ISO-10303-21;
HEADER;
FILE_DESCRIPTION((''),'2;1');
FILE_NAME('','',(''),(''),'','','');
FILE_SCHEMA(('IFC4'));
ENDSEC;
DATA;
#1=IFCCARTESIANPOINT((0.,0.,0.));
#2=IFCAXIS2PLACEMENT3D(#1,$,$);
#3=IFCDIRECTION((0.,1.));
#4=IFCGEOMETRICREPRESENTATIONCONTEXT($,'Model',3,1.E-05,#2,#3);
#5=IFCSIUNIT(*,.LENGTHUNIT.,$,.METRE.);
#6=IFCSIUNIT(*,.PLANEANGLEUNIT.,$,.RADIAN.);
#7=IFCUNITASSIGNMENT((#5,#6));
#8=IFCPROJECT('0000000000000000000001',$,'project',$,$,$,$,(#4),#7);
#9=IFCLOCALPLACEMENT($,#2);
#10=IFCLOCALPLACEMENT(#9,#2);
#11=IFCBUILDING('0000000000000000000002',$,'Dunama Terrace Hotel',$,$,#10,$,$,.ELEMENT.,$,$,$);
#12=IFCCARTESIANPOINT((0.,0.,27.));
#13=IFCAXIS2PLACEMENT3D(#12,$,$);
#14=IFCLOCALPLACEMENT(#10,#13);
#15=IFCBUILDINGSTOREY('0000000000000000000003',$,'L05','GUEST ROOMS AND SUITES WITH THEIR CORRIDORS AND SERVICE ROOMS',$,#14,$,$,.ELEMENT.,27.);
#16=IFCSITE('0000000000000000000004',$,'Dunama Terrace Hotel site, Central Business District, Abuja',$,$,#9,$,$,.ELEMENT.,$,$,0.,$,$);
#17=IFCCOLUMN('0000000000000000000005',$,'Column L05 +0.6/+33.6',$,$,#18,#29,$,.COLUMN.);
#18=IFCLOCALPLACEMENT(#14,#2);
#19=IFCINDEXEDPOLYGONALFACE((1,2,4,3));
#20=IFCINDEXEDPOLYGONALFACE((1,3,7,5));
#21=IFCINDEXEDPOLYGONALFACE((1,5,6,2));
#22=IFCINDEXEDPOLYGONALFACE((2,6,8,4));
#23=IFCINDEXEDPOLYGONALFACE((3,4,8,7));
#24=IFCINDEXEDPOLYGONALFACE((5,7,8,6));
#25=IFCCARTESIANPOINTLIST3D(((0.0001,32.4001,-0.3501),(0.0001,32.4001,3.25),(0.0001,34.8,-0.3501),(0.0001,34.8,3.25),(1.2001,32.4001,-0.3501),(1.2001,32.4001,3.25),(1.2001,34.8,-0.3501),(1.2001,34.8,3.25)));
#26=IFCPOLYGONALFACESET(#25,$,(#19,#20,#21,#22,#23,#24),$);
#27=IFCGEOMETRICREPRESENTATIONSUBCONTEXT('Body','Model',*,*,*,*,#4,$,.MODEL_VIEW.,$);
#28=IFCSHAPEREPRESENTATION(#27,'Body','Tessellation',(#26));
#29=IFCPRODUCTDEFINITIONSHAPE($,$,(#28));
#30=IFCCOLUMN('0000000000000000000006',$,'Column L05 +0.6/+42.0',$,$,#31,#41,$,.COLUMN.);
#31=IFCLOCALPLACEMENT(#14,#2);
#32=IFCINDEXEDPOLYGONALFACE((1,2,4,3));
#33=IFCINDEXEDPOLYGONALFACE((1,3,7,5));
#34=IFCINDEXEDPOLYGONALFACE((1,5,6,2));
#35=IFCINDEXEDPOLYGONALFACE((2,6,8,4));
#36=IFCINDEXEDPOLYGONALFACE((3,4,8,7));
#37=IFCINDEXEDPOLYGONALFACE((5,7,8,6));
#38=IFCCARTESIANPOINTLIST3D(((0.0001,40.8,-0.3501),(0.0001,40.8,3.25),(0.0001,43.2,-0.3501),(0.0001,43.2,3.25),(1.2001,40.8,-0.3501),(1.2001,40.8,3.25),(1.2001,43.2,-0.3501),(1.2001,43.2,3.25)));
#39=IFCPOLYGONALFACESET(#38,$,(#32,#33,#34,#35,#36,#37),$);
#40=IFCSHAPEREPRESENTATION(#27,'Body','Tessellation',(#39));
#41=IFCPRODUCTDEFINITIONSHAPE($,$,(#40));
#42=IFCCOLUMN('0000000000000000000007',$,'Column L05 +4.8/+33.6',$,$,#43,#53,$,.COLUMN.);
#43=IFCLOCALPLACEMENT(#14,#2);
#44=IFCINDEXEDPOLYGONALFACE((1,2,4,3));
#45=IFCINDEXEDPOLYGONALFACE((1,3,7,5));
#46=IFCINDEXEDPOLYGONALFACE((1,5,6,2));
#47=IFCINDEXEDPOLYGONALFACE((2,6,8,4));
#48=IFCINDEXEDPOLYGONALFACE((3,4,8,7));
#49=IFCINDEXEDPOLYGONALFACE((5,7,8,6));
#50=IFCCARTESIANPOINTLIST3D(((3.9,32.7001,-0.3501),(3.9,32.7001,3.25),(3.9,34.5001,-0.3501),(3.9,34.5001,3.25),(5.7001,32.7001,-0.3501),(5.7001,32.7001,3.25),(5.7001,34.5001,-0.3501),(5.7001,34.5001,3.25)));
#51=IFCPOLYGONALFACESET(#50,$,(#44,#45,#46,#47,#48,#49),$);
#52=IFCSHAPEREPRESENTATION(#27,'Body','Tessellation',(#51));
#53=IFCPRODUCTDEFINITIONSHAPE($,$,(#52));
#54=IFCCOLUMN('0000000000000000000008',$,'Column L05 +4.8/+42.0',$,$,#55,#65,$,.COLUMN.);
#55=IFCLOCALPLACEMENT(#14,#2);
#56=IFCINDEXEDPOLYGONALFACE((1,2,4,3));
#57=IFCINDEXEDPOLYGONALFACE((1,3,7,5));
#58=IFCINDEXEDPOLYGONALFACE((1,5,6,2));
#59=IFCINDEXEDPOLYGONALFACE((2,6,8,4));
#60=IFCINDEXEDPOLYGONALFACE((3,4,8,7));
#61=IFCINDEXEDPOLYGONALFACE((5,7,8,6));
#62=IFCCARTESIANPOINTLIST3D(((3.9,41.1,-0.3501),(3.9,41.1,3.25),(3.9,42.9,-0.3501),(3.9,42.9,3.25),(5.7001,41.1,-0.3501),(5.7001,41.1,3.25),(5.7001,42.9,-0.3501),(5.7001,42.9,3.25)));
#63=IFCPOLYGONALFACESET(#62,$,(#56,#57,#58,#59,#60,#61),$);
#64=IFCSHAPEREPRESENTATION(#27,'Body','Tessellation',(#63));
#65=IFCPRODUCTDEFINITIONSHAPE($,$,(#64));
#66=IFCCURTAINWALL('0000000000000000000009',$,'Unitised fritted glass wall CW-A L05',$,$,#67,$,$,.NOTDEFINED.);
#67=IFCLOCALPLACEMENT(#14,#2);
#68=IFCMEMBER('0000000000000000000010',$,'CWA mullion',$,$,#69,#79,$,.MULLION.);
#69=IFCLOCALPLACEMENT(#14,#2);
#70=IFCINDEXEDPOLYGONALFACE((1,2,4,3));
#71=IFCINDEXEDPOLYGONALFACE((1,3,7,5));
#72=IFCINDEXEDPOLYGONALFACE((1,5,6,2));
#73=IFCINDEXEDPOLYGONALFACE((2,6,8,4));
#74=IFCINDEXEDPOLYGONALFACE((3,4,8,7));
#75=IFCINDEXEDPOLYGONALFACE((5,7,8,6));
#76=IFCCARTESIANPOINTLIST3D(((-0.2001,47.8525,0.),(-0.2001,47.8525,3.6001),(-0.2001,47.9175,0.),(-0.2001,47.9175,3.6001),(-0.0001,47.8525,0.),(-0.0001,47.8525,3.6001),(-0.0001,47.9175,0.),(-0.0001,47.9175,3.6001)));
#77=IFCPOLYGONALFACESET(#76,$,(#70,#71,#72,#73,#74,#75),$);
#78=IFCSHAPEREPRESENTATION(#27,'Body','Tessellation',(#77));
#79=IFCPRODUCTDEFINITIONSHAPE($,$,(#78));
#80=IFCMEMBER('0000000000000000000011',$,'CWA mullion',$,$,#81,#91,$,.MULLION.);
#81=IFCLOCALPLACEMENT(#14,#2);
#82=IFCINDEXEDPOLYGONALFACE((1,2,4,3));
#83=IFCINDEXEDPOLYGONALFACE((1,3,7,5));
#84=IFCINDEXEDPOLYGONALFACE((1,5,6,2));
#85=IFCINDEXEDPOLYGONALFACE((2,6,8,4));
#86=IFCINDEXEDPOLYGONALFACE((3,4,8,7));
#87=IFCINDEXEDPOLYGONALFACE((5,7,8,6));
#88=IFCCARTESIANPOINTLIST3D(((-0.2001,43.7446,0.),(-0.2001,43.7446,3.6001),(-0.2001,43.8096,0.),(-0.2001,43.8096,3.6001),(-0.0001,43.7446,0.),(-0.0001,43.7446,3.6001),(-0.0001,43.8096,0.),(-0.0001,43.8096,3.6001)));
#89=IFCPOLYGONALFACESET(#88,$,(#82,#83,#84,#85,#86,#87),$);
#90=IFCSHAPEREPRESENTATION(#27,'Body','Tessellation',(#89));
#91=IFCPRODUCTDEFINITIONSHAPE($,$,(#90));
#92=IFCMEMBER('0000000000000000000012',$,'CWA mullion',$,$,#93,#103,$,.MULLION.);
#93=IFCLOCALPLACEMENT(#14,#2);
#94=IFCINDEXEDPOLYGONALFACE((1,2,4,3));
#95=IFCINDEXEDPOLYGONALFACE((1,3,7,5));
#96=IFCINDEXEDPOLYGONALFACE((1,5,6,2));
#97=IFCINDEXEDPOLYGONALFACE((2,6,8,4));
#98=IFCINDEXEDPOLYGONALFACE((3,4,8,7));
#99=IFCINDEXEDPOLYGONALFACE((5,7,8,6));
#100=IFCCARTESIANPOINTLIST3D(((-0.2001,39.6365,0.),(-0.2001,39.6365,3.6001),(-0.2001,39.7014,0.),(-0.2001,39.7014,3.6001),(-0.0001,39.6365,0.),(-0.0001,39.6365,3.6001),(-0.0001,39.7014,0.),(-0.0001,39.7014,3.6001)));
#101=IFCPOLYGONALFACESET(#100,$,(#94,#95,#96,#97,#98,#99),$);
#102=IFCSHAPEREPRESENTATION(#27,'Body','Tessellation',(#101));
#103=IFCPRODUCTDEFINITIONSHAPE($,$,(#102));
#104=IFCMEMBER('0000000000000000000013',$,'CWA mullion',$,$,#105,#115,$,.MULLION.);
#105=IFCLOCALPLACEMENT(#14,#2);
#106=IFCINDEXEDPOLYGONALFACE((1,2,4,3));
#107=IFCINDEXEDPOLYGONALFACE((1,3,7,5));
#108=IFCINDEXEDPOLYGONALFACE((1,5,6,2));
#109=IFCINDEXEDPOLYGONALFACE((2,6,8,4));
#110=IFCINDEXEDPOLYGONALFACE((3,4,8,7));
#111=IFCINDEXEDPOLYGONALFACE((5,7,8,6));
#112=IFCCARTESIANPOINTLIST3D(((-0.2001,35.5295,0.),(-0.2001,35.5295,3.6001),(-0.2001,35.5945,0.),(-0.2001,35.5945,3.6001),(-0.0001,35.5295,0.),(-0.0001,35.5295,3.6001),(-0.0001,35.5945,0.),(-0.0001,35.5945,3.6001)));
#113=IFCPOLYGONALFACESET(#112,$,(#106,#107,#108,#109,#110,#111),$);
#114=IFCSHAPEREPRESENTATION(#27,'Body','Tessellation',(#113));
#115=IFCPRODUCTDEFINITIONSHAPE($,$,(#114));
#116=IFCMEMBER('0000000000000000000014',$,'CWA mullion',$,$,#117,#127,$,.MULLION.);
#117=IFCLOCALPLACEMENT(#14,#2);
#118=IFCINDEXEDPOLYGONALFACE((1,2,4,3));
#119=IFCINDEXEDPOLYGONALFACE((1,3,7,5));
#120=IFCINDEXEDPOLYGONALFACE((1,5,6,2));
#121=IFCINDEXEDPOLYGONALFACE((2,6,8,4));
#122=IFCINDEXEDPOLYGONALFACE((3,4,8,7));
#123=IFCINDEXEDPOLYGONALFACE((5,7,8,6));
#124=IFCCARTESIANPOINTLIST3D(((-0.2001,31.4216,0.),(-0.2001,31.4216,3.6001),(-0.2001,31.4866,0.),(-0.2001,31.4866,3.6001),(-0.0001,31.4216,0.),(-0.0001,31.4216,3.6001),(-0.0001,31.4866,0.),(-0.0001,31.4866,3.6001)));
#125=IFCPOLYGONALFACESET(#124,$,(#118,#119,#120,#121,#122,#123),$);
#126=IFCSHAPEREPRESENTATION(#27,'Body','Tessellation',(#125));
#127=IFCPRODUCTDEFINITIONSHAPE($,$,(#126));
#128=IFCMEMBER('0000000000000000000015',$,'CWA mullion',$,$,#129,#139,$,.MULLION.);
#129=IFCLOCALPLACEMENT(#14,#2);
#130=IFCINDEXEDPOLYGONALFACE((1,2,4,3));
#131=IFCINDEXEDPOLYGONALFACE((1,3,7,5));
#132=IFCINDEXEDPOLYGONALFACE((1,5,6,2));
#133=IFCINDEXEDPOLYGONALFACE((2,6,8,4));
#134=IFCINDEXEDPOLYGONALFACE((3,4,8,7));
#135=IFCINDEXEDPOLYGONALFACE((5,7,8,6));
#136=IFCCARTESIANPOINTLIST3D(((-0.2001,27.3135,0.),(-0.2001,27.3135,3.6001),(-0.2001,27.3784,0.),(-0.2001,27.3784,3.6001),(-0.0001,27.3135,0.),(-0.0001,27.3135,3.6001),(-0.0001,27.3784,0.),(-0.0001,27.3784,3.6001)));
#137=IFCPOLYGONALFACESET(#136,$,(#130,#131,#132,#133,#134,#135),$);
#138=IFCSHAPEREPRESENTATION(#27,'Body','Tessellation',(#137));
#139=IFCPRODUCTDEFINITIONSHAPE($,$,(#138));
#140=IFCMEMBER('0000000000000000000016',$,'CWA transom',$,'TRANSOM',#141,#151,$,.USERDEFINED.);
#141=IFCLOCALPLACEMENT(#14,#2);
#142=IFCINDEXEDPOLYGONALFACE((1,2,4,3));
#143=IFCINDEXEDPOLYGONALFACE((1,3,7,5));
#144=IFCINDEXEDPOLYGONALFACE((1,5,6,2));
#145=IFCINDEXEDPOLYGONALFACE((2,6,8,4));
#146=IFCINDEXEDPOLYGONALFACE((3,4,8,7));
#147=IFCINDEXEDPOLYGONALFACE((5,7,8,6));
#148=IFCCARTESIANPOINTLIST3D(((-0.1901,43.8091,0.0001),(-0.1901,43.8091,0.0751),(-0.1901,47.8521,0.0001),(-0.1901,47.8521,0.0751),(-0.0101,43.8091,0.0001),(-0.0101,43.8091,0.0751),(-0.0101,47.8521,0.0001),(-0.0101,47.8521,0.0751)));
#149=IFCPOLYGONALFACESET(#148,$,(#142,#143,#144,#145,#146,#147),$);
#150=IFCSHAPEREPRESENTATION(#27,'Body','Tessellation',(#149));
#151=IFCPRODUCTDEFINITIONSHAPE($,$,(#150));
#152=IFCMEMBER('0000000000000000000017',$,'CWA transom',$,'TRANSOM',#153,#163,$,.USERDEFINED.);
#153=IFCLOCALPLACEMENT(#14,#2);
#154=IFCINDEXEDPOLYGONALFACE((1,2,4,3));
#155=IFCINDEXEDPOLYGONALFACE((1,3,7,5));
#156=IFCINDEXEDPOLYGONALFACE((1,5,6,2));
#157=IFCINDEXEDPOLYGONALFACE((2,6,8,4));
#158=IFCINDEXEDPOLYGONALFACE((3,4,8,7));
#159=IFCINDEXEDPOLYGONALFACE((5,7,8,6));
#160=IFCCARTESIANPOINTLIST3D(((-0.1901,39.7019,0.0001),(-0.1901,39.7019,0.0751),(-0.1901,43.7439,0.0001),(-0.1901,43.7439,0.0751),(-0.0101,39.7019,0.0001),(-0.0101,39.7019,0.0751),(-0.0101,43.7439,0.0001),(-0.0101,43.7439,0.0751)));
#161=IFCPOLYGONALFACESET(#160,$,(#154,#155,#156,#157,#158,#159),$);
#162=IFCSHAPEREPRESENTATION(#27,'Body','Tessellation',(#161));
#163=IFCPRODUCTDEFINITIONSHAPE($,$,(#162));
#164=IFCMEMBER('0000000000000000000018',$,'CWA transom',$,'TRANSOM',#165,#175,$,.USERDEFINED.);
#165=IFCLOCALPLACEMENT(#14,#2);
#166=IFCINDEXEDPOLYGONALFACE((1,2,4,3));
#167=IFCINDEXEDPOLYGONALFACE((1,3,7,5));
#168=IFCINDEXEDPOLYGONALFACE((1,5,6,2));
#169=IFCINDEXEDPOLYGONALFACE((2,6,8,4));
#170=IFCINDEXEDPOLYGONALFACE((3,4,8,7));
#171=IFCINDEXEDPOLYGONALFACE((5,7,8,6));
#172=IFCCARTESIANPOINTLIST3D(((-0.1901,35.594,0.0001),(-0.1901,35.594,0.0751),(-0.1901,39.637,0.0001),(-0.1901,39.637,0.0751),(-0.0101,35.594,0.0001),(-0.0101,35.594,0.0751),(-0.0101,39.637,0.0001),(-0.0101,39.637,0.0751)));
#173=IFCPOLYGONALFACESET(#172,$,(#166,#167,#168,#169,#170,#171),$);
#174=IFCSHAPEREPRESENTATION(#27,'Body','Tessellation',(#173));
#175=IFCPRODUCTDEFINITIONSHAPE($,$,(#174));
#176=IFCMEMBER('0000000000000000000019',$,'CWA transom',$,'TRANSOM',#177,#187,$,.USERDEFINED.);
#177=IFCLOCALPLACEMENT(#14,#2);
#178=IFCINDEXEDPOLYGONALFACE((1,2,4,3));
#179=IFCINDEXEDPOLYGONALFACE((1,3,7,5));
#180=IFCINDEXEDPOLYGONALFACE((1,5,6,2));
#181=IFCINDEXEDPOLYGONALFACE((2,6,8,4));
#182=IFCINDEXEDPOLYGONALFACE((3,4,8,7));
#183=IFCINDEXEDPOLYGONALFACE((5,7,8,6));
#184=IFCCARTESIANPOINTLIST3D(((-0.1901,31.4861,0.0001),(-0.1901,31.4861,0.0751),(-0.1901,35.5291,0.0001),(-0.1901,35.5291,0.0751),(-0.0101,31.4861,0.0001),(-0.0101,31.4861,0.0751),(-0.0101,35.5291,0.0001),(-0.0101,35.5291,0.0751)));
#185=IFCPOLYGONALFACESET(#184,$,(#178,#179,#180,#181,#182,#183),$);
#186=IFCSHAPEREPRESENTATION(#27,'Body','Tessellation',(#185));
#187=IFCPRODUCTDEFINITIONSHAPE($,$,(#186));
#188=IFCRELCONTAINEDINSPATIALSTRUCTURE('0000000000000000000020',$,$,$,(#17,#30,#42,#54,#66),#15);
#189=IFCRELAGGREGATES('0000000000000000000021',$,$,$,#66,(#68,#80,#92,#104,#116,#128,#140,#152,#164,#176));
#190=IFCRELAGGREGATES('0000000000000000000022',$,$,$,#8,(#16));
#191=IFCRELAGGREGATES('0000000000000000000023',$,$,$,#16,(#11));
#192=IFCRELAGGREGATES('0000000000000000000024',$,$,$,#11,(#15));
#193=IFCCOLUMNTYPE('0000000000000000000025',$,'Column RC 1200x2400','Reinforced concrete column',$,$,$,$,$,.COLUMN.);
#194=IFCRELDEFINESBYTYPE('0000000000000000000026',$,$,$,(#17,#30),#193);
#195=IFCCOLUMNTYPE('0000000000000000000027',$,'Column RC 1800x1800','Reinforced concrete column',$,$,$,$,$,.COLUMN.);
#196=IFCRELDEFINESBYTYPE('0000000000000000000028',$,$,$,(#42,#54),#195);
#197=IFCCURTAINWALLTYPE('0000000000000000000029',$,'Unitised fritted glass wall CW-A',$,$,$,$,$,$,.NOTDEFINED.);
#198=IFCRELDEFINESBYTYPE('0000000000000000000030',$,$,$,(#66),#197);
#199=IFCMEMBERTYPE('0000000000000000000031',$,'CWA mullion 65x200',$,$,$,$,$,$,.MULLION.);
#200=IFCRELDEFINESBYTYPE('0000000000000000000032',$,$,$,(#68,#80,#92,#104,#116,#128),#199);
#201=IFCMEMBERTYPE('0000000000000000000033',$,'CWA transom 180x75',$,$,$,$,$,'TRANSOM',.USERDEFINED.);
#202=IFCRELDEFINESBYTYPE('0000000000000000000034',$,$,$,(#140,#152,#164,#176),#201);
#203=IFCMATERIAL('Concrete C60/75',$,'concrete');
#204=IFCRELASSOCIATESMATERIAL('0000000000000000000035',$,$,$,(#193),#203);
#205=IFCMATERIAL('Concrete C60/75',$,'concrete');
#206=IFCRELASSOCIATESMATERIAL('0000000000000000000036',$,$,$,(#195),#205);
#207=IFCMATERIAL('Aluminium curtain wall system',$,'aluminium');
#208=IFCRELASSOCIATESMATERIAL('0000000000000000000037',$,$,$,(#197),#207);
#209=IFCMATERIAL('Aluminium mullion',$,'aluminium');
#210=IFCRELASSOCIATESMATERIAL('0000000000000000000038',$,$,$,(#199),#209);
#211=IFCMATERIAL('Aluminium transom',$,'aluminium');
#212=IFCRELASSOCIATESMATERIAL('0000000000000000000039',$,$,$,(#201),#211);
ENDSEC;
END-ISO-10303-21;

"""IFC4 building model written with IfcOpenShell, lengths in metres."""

from ifc_helpers import new_model, si_unit, direction, frame, origin, origin_2d, place, context, subcontext, project, spatial, rectangle, extrude, material, material_profile, profile_set, type_object, element, aggregate, save


model = new_model("IFC4")

# Units and contexts
model_context = context("Model", 3, precision=1e-05, world=origin(), true_north=direction((0.0, 1.0)))
body_context = subcontext(model_context, "Body", "Model", "MODEL_VIEW")
ifc_project = project(units=[si_unit("LENGTHUNIT", "METRE"), si_unit("PLANEANGLEUNIT", "RADIAN")], contexts=[model_context])

# Site, building, storey
site_placement = place(None, origin())
site = spatial("IfcSite", under=ifc_project, at=site_placement, Name="Dunama Terrace Hotel site, Central Business District, Abuja", CompositionType="ELEMENT", RefElevation=0.0)
building_placement = place(site_placement, origin())
building = spatial("IfcBuilding", under=site, at=building_placement, Name="Dunama Terrace Hotel", CompositionType="ELEMENT")
storey_placement = place(building_placement, frame((0.0, 0.0, 27.0)))
storey = spatial("IfcBuildingStorey", under=building, at=storey_placement, Name="L05", Description="GUEST ROOMS AND SUITES WITH THEIR CORRIDORS AND SERVICE ROOMS", CompositionType="ELEMENT", Elevation=27.0)

# Columns
ifc_material_1 = material(Name="Concrete C60/75", Category="concrete")
ifc_material_profile_1 = material_profile(ifc_material_1, rectangle(XDim=1.2, YDim=2.3999, at=origin_2d()), Name="RC 1200x2400")
ifc_profile_set_1 = profile_set([ifc_material_profile_1], Name="Concrete C60/75")
column_type_1 = type_object("IfcColumnType", Name="Column RC 1200x2400", Description="Reinforced concrete column", PredefinedType="COLUMN", material=ifc_profile_set_1)
for number, where, z_axis, x_axis, name in (
    (1, (0.6001, 33.6001, -0.3501), (0.0, 0.0, 1.0), (1.0, 0.0, 0.0), "Column L05 +0.6/+33.6"),
    (2, (0.6001, 42.0, -0.3501), (0.0, 0.0, 1.0), (1.0, 0.0, 0.0), "Column L05 +0.6/+42.0"),
):
    element("IfcColumn", number, at=place(storey_placement, frame(where, z_axis=z_axis, x_axis=x_axis)), inside=storey, type_object=column_type_1, Name=name, PredefinedType="COLUMN", context=body_context, shape_type="SweptSolid", body=[
        extrude(rectangle(XDim=1.2, YDim=2.3999, at=origin_2d()), origin(), (0.0, 0.0, 1.0), 3.6001),
    ])
ifc_material_2 = material(Name="Concrete C60/75", Category="concrete")
ifc_material_profile_2 = material_profile(ifc_material_2, rectangle(XDim=1.8, YDim=1.8, at=origin_2d()), Name="RC 1800x1800")
ifc_profile_set_2 = profile_set([ifc_material_profile_2], Name="Concrete C60/75")
column_type_2 = type_object("IfcColumnType", Name="Column RC 1800x1800", Description="Reinforced concrete column", PredefinedType="COLUMN", material=ifc_profile_set_2)
for number, where, z_axis, x_axis, name in (
    (3, (4.8, 33.6001, -0.3501), (0.0, 0.0, 1.0), (1.0, 0.0, 0.0), "Column L05 +4.8/+33.6"),
    (4, (4.8, 42.0, -0.3501), (0.0, 0.0, 1.0), (1.0, 0.0, 0.0), "Column L05 +4.8/+42.0"),
):
    element("IfcColumn", number, at=place(storey_placement, frame(where, z_axis=z_axis, x_axis=x_axis)), inside=storey, type_object=column_type_2, Name=name, PredefinedType="COLUMN", context=body_context, shape_type="SweptSolid", body=[
        extrude(rectangle(XDim=1.8, YDim=1.8, at=origin_2d()), origin(), (0.0, 0.0, 1.0), 3.6001),
    ])

# Curtain wall, members
ifc_material_3 = material(Name="Aluminium curtain wall system", Category="aluminium")
curtain_wall_type = type_object("IfcCurtainWallType", Name="Unitised fritted glass wall CW-A", PredefinedType="NOTDEFINED", material=ifc_material_3)
curtain_wall_placement = place(storey_placement, origin())
curtain_wall = element("IfcCurtainWall", 5, at=curtain_wall_placement, inside=storey, type_object=curtain_wall_type, Name="Unitised fritted glass wall CW-A L05", PredefinedType="NOTDEFINED")
ifc_material_4 = material(Name="Aluminium mullion", Category="aluminium")
ifc_material_profile_3 = material_profile(ifc_material_4, rectangle(XDim=0.0649, YDim=0.2, at=origin_2d()), Name="CWA MULLION 65X200")
ifc_profile_set_3 = profile_set([ifc_material_profile_3], Name="Aluminium mullion")
member_type_1 = type_object("IfcMemberType", Name="CWA mullion 65x200", PredefinedType="MULLION", material=ifc_profile_set_3)
member_1_placement = place(storey_placement, frame((-0.1001, 47.885, 0.0), z_axis=(0.0, 0.0, 1.0), x_axis=(0.0, -1.0, 0.0)))
member_1 = element("IfcMember", 6, at=member_1_placement, type_object=member_type_1, Name="CWA mullion", PredefinedType="MULLION", context=body_context, shape_type="SweptSolid", body=[
    extrude(rectangle(XDim=0.0649, YDim=0.2, at=origin_2d()), origin(), (0.0, 0.0, 1.0), 3.6001),
])
member_2_placement = place(storey_placement, frame((-0.1001, 43.7771, 0.0), z_axis=(0.0, 0.0, 1.0), x_axis=(0.0, -1.0, 0.0)))
member_2 = element("IfcMember", 7, at=member_2_placement, type_object=member_type_1, Name="CWA mullion", PredefinedType="MULLION", context=body_context, shape_type="SweptSolid", body=[
    extrude(rectangle(XDim=0.0649, YDim=0.2, at=origin_2d()), origin(), (0.0, 0.0, 1.0), 3.6001),
])
member_3_placement = place(storey_placement, frame((-0.1001, 39.6689, 0.0), z_axis=(0.0, 0.0, 1.0), x_axis=(0.0, -1.0, 0.0)))
member_3 = element("IfcMember", 8, at=member_3_placement, type_object=member_type_1, Name="CWA mullion", PredefinedType="MULLION", context=body_context, shape_type="SweptSolid", body=[
    extrude(rectangle(XDim=0.0649, YDim=0.2, at=origin_2d()), origin(), (0.0, 0.0, 1.0), 3.6001),
])
member_4_placement = place(storey_placement, frame((-0.1001, 35.562, 0.0), z_axis=(0.0, 0.0, 1.0), x_axis=(0.0, -1.0, 0.0)))
member_4 = element("IfcMember", 9, at=member_4_placement, type_object=member_type_1, Name="CWA mullion", PredefinedType="MULLION", context=body_context, shape_type="SweptSolid", body=[
    extrude(rectangle(XDim=0.0649, YDim=0.2, at=origin_2d()), origin(), (0.0, 0.0, 1.0), 3.6001),
])
member_5_placement = place(storey_placement, frame((-0.1001, 31.4541, 0.0), z_axis=(0.0, 0.0, 1.0), x_axis=(0.0, -1.0, 0.0)))
member_5 = element("IfcMember", 10, at=member_5_placement, type_object=member_type_1, Name="CWA mullion", PredefinedType="MULLION", context=body_context, shape_type="SweptSolid", body=[
    extrude(rectangle(XDim=0.0649, YDim=0.2, at=origin_2d()), origin(), (0.0, 0.0, 1.0), 3.6001),
])
member_6_placement = place(storey_placement, frame((-0.1001, 27.3459, 0.0), z_axis=(0.0, 0.0, 1.0), x_axis=(0.0, -1.0, 0.0)))
member_6 = element("IfcMember", 11, at=member_6_placement, type_object=member_type_1, Name="CWA mullion", PredefinedType="MULLION", context=body_context, shape_type="SweptSolid", body=[
    extrude(rectangle(XDim=0.0649, YDim=0.2, at=origin_2d()), origin(), (0.0, 0.0, 1.0), 3.6001),
])
ifc_material_5 = material(Name="Aluminium transom", Category="aluminium")
ifc_material_profile_4 = material_profile(ifc_material_5, rectangle(XDim=0.1799, YDim=0.075, at=origin_2d()), Name="CWA TRANSOM 180X75")
ifc_profile_set_4 = profile_set([ifc_material_profile_4], Name="Aluminium transom")
member_type_2 = type_object("IfcMemberType", Name="CWA transom 180x75", ElementType="TRANSOM", PredefinedType="USERDEFINED", material=ifc_profile_set_4)
member_7_placement = place(storey_placement, frame((-0.1001, 47.8521, 0.0376), z_axis=(0.0, -1.0, 0.0), x_axis=(1.0, 0.0, 0.0)))
member_7 = element("IfcMember", 12, at=member_7_placement, type_object=member_type_2, Name="CWA transom", ObjectType="TRANSOM", PredefinedType="USERDEFINED", context=body_context, shape_type="SweptSolid", body=[
    extrude(rectangle(XDim=0.1799, YDim=0.075, at=origin_2d()), origin(), (0.0, 0.0, 1.0), 4.043),
])
member_8_placement = place(storey_placement, frame((-0.1001, 43.7439, 0.0376), z_axis=(0.0, -1.0, 0.0), x_axis=(1.0, 0.0, 0.0)))
member_8 = element("IfcMember", 13, at=member_8_placement, type_object=member_type_2, Name="CWA transom", ObjectType="TRANSOM", PredefinedType="USERDEFINED", context=body_context, shape_type="SweptSolid", body=[
    extrude(rectangle(XDim=0.1799, YDim=0.075, at=origin_2d()), origin(), (0.0, 0.0, 1.0), 4.042),
])
member_9_placement = place(storey_placement, frame((-0.1001, 39.637, 0.0376), z_axis=(0.0, -1.0, 0.0), x_axis=(1.0, 0.0, 0.0)))
member_9 = element("IfcMember", 14, at=member_9_placement, type_object=member_type_2, Name="CWA transom", ObjectType="TRANSOM", PredefinedType="USERDEFINED", context=body_context, shape_type="SweptSolid", body=[
    extrude(rectangle(XDim=0.1799, YDim=0.075, at=origin_2d()), origin(), (0.0, 0.0, 1.0), 4.043),
])
member_10_placement = place(storey_placement, frame((-0.1001, 35.5291, 0.0376), z_axis=(0.0, -1.0, 0.0), x_axis=(1.0, 0.0, 0.0)))
member_10 = element("IfcMember", 15, at=member_10_placement, type_object=member_type_2, Name="CWA transom", ObjectType="TRANSOM", PredefinedType="USERDEFINED", context=body_context, shape_type="SweptSolid", body=[
    extrude(rectangle(XDim=0.1799, YDim=0.075, at=origin_2d()), origin(), (0.0, 0.0, 1.0), 4.043),
])

aggregate(curtain_wall, [member_1, member_2, member_3, member_4, member_5, member_6, member_7, member_8, member_9, member_10])

save(model, "model.ifc")
